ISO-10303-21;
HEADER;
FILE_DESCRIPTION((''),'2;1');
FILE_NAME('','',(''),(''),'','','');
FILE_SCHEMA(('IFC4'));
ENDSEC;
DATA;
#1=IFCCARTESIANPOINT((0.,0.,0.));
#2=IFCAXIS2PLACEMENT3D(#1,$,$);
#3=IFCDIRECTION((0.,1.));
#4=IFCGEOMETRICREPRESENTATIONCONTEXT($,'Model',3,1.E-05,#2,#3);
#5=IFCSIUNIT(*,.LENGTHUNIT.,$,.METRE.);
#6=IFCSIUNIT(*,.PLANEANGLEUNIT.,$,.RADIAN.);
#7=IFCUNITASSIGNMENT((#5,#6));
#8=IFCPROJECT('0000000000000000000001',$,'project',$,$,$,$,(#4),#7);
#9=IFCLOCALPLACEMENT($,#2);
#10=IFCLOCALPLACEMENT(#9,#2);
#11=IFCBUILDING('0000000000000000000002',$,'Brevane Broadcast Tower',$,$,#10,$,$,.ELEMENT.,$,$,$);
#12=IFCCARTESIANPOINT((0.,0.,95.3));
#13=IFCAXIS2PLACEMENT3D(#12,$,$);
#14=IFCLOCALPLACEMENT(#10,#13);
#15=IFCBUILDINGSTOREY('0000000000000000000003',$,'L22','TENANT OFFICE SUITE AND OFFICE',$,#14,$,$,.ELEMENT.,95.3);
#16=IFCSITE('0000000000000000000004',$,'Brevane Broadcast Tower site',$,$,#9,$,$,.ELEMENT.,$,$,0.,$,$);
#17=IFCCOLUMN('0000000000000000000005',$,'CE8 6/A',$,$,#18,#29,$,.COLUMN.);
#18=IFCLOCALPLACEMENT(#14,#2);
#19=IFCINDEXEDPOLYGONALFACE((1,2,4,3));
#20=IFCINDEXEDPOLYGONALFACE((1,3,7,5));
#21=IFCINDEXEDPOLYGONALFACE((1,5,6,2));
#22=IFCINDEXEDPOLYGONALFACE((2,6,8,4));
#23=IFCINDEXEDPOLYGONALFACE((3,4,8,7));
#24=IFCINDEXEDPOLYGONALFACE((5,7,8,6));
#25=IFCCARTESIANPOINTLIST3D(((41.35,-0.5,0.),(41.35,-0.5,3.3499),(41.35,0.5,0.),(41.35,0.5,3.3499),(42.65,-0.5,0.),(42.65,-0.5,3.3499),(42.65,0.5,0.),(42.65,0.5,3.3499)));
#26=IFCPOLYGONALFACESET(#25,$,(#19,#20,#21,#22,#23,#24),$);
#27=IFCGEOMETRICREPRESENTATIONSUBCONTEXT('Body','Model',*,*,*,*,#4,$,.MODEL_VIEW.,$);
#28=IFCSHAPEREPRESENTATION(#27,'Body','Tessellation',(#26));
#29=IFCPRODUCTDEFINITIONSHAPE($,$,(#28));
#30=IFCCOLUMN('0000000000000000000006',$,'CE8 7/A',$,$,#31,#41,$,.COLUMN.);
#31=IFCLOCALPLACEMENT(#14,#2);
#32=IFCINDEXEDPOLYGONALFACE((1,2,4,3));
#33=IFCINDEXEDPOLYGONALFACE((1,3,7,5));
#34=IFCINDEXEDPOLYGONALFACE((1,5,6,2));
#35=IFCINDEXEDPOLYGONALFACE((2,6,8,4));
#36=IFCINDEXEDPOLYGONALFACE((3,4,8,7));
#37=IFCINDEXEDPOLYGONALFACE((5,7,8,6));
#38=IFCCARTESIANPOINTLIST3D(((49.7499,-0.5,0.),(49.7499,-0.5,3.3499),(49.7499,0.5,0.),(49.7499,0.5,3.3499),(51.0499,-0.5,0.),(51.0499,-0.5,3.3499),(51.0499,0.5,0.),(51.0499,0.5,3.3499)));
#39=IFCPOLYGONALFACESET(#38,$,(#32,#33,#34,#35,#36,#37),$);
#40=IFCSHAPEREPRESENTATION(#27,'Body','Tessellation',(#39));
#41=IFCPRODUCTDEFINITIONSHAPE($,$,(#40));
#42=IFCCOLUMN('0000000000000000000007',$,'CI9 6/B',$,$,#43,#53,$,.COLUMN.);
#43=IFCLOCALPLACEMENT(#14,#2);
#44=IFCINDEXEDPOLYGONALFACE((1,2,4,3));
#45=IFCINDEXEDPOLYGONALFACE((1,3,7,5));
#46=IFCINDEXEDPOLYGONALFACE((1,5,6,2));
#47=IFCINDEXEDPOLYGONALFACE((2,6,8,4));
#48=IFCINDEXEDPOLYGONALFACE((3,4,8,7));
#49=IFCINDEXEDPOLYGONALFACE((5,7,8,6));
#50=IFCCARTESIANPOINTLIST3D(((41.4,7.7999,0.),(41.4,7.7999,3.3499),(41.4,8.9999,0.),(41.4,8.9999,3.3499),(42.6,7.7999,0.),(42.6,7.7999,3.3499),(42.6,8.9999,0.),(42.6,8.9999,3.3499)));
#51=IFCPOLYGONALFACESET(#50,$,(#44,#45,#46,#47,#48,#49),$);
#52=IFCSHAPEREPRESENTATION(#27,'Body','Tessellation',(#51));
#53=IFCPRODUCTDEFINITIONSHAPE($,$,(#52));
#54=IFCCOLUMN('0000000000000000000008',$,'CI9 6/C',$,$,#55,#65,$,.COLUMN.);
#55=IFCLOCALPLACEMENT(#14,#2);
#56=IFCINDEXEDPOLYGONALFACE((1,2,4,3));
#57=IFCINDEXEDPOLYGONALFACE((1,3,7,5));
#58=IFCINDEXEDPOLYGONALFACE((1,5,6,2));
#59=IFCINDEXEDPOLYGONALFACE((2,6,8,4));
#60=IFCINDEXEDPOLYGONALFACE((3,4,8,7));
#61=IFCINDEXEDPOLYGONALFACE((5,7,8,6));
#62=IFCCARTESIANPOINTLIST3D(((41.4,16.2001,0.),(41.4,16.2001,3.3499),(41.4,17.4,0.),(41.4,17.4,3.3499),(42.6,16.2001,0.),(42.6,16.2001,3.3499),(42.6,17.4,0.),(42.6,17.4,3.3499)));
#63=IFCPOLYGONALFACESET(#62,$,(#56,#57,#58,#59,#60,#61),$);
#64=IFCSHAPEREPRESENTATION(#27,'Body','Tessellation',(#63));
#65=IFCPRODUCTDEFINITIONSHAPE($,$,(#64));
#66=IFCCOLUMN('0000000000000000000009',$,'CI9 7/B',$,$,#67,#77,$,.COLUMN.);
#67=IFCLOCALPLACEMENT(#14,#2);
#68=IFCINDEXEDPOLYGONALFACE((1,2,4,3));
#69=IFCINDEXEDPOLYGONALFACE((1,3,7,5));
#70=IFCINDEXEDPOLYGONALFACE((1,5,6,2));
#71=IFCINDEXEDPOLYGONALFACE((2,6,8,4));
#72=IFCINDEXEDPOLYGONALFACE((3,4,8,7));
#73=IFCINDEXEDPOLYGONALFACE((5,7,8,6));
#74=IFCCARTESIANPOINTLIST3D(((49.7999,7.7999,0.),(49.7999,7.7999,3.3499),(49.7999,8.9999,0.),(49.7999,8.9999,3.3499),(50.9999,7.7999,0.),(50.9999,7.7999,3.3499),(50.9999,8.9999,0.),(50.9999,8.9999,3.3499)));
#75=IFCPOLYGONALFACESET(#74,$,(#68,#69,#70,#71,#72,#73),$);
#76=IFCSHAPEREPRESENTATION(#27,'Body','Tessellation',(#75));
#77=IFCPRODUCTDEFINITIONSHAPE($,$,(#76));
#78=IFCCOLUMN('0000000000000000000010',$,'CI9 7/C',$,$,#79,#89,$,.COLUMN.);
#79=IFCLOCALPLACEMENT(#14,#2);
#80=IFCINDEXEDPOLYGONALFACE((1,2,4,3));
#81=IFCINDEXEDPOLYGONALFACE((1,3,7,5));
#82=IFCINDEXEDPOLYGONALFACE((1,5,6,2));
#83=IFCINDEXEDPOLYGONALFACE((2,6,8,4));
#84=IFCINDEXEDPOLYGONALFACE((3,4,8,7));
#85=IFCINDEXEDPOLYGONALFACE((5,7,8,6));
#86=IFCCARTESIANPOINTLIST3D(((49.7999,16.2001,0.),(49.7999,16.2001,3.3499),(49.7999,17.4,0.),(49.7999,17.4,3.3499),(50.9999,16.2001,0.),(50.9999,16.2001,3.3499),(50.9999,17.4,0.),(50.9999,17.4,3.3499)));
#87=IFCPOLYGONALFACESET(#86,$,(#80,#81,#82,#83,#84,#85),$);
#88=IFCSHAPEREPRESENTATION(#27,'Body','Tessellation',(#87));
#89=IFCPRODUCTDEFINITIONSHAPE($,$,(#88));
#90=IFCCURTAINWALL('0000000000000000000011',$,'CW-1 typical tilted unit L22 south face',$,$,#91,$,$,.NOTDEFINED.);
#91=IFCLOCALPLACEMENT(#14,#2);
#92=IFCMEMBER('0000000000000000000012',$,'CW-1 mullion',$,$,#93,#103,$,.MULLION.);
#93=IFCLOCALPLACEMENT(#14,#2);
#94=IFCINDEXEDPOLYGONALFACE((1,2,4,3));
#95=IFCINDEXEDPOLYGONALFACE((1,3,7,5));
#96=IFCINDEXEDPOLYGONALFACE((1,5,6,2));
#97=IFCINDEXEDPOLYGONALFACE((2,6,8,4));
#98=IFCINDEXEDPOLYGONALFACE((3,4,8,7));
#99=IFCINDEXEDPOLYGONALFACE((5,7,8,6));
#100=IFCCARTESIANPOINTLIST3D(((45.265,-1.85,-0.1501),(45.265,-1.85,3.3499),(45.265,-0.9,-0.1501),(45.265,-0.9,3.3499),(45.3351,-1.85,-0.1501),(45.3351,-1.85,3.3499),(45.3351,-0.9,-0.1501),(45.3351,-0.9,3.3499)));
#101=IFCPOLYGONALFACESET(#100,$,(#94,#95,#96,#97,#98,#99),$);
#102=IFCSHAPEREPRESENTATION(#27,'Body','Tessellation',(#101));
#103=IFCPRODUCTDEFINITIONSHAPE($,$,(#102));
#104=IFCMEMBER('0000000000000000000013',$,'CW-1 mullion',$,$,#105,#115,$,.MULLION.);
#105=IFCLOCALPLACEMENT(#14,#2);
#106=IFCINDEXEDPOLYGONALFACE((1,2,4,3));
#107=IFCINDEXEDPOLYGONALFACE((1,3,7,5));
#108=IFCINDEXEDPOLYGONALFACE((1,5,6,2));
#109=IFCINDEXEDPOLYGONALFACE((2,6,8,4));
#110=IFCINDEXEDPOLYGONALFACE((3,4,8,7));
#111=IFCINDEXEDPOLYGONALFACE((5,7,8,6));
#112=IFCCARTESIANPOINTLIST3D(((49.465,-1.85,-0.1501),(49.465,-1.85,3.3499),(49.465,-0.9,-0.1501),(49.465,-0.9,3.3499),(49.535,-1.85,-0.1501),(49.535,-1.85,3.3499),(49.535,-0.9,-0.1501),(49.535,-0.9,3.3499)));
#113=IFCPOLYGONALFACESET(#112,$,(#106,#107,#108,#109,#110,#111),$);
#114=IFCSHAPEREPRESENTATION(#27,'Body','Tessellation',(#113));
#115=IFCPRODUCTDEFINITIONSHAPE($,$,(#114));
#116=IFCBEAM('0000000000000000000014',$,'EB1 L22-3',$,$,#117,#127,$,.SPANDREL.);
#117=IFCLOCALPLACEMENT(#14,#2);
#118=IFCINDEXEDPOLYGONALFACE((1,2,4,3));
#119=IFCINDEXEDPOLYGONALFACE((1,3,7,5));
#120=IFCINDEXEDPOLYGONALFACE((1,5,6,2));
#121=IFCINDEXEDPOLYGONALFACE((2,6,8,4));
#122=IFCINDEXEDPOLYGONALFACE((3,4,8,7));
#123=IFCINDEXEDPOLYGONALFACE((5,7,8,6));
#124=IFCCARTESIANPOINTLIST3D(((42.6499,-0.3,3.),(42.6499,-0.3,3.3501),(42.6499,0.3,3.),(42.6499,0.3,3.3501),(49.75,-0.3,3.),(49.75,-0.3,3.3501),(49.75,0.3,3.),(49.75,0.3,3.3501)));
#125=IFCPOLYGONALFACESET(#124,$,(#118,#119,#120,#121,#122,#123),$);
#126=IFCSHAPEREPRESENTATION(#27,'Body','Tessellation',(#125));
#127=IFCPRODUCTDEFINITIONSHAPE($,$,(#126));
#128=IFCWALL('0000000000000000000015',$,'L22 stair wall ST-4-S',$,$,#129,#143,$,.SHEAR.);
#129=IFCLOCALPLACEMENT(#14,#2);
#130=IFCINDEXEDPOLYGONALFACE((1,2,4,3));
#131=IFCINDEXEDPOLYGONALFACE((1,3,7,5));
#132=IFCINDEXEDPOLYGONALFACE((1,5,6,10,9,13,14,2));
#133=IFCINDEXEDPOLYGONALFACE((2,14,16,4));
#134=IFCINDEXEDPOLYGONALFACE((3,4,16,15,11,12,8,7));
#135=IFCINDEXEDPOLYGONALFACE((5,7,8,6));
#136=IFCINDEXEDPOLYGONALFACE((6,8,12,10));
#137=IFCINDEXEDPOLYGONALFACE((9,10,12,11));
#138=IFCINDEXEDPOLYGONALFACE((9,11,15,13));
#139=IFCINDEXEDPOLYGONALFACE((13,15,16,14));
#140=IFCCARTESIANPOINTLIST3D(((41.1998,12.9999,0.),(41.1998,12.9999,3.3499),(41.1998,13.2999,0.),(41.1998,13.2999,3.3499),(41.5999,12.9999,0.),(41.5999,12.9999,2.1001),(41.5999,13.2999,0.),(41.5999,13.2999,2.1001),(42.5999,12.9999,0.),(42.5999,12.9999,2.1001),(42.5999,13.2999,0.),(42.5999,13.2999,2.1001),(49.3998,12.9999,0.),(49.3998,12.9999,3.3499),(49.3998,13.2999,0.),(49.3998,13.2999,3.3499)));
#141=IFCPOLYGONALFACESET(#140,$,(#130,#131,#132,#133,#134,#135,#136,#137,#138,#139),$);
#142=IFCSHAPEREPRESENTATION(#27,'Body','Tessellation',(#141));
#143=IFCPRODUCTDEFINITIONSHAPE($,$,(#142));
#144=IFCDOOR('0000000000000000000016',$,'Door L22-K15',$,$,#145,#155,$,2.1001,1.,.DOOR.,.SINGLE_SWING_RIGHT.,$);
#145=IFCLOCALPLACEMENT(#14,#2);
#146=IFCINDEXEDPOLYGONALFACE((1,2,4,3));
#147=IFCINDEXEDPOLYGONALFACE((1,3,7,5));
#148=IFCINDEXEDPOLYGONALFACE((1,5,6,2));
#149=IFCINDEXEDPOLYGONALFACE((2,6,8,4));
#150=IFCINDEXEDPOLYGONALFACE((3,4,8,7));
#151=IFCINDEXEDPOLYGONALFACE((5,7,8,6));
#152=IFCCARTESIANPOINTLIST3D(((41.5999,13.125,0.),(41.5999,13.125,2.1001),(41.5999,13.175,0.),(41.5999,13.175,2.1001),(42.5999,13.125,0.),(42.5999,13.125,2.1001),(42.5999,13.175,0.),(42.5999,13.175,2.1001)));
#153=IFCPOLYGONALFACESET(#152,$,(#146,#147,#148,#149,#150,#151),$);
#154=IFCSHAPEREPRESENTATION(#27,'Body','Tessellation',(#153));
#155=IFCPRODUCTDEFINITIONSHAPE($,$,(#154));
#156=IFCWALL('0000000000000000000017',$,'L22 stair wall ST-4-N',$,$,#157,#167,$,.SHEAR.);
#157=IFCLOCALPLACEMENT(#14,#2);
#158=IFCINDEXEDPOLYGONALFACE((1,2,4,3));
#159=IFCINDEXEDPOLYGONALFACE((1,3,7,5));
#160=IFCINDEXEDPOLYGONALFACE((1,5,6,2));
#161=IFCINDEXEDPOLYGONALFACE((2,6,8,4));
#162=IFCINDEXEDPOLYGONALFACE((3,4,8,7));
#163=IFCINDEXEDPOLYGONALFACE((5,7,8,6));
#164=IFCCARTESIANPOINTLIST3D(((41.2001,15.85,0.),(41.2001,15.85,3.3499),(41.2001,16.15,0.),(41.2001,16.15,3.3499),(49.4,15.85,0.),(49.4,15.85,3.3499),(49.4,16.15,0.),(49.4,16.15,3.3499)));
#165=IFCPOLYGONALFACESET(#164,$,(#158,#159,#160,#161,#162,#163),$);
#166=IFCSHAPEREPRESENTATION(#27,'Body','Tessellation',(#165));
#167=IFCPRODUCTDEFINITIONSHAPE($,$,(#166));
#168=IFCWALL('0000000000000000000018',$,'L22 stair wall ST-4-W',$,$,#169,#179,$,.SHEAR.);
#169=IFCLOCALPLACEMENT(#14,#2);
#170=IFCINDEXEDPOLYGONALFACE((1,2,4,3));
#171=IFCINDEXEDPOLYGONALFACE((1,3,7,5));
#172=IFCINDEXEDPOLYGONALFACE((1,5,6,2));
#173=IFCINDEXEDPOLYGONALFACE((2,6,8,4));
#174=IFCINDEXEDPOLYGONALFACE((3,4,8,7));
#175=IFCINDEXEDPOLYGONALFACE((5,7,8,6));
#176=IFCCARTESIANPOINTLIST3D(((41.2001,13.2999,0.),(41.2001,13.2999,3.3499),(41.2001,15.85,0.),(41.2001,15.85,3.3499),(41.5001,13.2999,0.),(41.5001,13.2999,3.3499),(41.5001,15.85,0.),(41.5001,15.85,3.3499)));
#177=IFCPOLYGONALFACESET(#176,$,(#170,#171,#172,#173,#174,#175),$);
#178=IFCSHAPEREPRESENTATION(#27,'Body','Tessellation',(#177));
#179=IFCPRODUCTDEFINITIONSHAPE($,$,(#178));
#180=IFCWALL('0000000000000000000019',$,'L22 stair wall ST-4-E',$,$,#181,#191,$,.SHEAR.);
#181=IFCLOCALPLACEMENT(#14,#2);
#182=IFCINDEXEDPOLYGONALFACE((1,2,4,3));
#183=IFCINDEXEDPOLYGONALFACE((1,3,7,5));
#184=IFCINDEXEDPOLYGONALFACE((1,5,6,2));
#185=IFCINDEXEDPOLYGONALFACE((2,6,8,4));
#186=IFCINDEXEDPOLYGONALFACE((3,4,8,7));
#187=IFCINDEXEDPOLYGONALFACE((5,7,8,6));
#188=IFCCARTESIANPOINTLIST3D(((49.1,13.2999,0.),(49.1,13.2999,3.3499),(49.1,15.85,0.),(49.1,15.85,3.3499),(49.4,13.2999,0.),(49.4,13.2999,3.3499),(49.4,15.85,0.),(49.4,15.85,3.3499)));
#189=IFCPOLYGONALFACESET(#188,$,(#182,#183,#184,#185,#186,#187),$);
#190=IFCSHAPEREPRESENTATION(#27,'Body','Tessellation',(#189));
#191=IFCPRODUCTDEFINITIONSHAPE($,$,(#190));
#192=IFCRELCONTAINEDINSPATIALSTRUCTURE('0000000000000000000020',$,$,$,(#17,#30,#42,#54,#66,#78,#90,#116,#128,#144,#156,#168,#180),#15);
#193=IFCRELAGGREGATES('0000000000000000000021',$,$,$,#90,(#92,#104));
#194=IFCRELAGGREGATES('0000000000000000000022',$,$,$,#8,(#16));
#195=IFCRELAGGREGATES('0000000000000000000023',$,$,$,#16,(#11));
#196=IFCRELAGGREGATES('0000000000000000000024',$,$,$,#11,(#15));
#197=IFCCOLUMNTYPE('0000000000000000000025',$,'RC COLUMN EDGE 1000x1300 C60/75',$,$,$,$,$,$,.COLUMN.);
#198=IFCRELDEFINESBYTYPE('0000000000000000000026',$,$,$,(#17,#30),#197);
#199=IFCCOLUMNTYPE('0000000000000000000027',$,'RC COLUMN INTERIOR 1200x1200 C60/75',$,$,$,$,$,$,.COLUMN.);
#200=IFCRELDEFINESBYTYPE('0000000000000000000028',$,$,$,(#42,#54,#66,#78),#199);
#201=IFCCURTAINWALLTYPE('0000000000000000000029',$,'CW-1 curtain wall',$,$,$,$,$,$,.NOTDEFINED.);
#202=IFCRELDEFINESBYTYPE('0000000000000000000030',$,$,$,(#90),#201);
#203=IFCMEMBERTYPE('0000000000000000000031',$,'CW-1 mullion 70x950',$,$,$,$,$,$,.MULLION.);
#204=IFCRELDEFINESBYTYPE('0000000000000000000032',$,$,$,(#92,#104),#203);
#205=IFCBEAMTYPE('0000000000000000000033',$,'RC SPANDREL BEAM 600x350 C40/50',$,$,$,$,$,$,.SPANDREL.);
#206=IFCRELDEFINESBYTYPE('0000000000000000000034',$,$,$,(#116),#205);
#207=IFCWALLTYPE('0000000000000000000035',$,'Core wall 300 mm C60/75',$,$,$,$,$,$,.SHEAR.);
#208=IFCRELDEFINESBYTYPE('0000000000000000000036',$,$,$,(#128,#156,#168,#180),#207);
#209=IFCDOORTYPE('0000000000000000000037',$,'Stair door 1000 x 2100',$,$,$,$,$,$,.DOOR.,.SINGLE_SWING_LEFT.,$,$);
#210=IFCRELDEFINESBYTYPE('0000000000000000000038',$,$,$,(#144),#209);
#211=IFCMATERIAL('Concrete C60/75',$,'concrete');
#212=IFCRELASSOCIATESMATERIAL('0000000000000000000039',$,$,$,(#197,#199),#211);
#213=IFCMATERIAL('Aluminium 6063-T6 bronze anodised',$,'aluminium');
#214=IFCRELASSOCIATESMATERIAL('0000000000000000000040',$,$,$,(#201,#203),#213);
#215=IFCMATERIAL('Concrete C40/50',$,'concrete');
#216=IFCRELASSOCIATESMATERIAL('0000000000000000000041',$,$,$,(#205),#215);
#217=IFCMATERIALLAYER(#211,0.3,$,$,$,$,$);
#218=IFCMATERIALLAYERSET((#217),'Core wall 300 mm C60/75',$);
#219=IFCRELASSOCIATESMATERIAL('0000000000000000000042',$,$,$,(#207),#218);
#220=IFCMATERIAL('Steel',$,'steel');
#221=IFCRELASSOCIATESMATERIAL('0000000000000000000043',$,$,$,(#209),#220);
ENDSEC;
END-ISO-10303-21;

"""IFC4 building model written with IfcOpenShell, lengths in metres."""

from ifc_helpers import new_model, si_unit, direction, frame, frame_2d, origin, origin_2d, place, context, subcontext, project, spatial, rectangle, extrude, material, layer, layer_set, material_profile, profile_set, type_object, element, fill, aggregate, save


model = new_model("IFC4")

# Units and contexts
model_context = context("Model", 3, precision=1e-05, world=origin(), true_north=direction((0.0, 1.0)))
body_context = subcontext(model_context, "Body", "Model", "MODEL_VIEW")
ifc_project = project(units=[si_unit("LENGTHUNIT", "METRE"), si_unit("PLANEANGLEUNIT", "RADIAN")], contexts=[model_context])

# Site, building, storey
site_placement = place(None, origin())
site = spatial("IfcSite", under=ifc_project, at=site_placement, Name="Brevane Broadcast Tower site", CompositionType="ELEMENT", RefElevation=0.0)
building_placement = place(site_placement, origin())
building = spatial("IfcBuilding", under=site, at=building_placement, Name="Brevane Broadcast Tower", CompositionType="ELEMENT")
storey_placement = place(building_placement, frame((0.0, 0.0, 95.3)))
storey = spatial("IfcBuildingStorey", under=building, at=storey_placement, Name="L22", Description="TENANT OFFICE SUITE AND OFFICE", CompositionType="ELEMENT", Elevation=95.3)

# Columns
ifc_material_1 = material(Name="Concrete C60/75", Category="concrete")
ifc_material_profile_1 = material_profile(ifc_material_1, rectangle(XDim=1.0, YDim=1.3, at=origin_2d()), Name="RC 1000x1300")
ifc_profile_set_1 = profile_set([ifc_material_profile_1], Name="Concrete C60/75")
column_type_1 = type_object("IfcColumnType", Name="RC COLUMN EDGE 1000x1300 C60/75", PredefinedType="COLUMN", material=ifc_profile_set_1)
for number, where, z_axis, x_axis, name in (
    (1, (42.0, 0.0, 0.0), (0.0, 0.0, 1.0), (0.0, 1.0, 0.0), "CE8 6/A"),
    (2, (50.3999, 0.0, 0.0), (0.0, 0.0, 1.0), (0.0, 1.0, 0.0), "CE8 7/A"),
):
    element("IfcColumn", number, at=place(storey_placement, frame(where, z_axis=z_axis, x_axis=x_axis)), inside=storey, type_object=column_type_1, Name=name, PredefinedType="COLUMN", context=body_context, shape_type="SweptSolid", body=[
        extrude(rectangle(XDim=1.0, YDim=1.3, at=origin_2d()), origin(), (0.0, 0.0, 1.0), 3.3499),
    ])
ifc_material_profile_2 = material_profile(ifc_material_1, rectangle(XDim=1.2, YDim=1.2, at=origin_2d()), Name="RC 1200x1200")
ifc_profile_set_2 = profile_set([ifc_material_profile_2], Name="Concrete C60/75")
column_type_2 = type_object("IfcColumnType", Name="RC COLUMN INTERIOR 1200x1200 C60/75", PredefinedType="COLUMN", material=ifc_profile_set_2)
for number, where, z_axis, x_axis, name in (
    (3, (42.0, 8.3999, 0.0), (0.0, 0.0, 1.0), (1.0, 0.0, 0.0), "CI9 6/B"),
    (4, (42.0, 16.8, 0.0), (0.0, 0.0, 1.0), (1.0, 0.0, 0.0), "CI9 6/C"),
    (5, (50.3999, 8.3999, 0.0), (0.0, 0.0, 1.0), (1.0, 0.0, 0.0), "CI9 7/B"),
    (6, (50.3999, 16.8, 0.0), (0.0, 0.0, 1.0), (1.0, 0.0, 0.0), "CI9 7/C"),
):
    element("IfcColumn", number, at=place(storey_placement, frame(where, z_axis=z_axis, x_axis=x_axis)), inside=storey, type_object=column_type_2, Name=name, PredefinedType="COLUMN", context=body_context, shape_type="SweptSolid", body=[
        extrude(rectangle(XDim=1.2, YDim=1.2, at=origin_2d()), origin(), (0.0, 0.0, 1.0), 3.3499),
    ])

# Curtain wall, members
ifc_material_2 = material(Name="Aluminium 6063-T6 bronze anodised", Category="aluminium")
curtain_wall_type = type_object("IfcCurtainWallType", Name="CW-1 curtain wall", PredefinedType="NOTDEFINED", material=ifc_material_2)
curtain_wall_placement = place(storey_placement, origin())
curtain_wall = element("IfcCurtainWall", 7, at=curtain_wall_placement, inside=storey, type_object=curtain_wall_type, Name="CW-1 typical tilted unit L22 south face", PredefinedType="NOTDEFINED")
ifc_material_profile_3 = material_profile(ifc_material_2, rectangle(XDim=0.95, YDim=0.0701, at=origin_2d()), Name="RECT 70x950")
ifc_profile_set_3 = profile_set([ifc_material_profile_3], Name="Aluminium 6063-T6 bronze anodised")
member_type = type_object("IfcMemberType", Name="CW-1 mullion 70x950", PredefinedType="MULLION", material=ifc_profile_set_3)
member_1_placement = place(storey_placement, frame((45.3, -1.375, -0.1501), z_axis=(0.0, 0.0, 1.0), x_axis=(0.0, 1.0, 0.0)))
member_1 = element("IfcMember", 8, at=member_1_placement, type_object=member_type, Name="CW-1 mullion", PredefinedType="MULLION", context=body_context, shape_type="SweptSolid", body=[
    extrude(rectangle(XDim=0.95, YDim=0.0701, at=origin_2d()), origin(), (0.0, 0.0, 1.0), 3.5),
])
member_2_placement = place(storey_placement, frame((49.5, -1.375, -0.1501), z_axis=(0.0, 0.0, 1.0), x_axis=(0.0, 1.0, 0.0)))
member_2 = element("IfcMember", 9, at=member_2_placement, type_object=member_type, Name="CW-1 mullion", PredefinedType="MULLION", context=body_context, shape_type="SweptSolid", body=[
    extrude(rectangle(XDim=0.95, YDim=0.0701, at=origin_2d()), origin(), (0.0, 0.0, 1.0), 3.5),
])
aggregate(curtain_wall, [member_1, member_2])

# Beam
ifc_material_3 = material(Name="Concrete C40/50", Category="concrete")
ifc_material_profile_4 = material_profile(ifc_material_3, rectangle(XDim=0.6001, YDim=0.3501, at=origin_2d()), Name="RC 600x350")
ifc_profile_set_4 = profile_set([ifc_material_profile_4], Name="Concrete C40/50")
beam_type = type_object("IfcBeamType", Name="RC SPANDREL BEAM 600x350 C40/50", PredefinedType="SPANDREL", material=ifc_profile_set_4)
beam_placement = place(storey_placement, frame((42.6499, 0.0, 3.175), z_axis=(1.0, 0.0, 0.0), x_axis=(0.0, 1.0, 0.0)))
element("IfcBeam", 10, at=beam_placement, inside=storey, type_object=beam_type, Name="EB1 L22-3", PredefinedType="SPANDREL", context=body_context, shape_type="SweptSolid", body=[
    extrude(rectangle(XDim=0.6001, YDim=0.3501, at=origin_2d()), origin(), (0.0, 0.0, 1.0), 7.1001),
])

# Wall, opening, door
ifc_layer_1 = layer(ifc_material_1, 0.3)
ifc_layer_set_1 = layer_set([ifc_layer_1], Name="Core wall 300 mm C60/75")
wall_type_1 = type_object("IfcWallType", Name="Core wall 300 mm C60/75", PredefinedType="SHEAR", material=ifc_layer_set_1)
wall_1_placement = place(storey_placement, frame((49.3999, 13.1499, 0.0), z_axis=(0.0, 0.0, 1.0), x_axis=(-1.0, 0.0, 0.0)))
wall_1 = element("IfcWall", 11, at=wall_1_placement, inside=storey, type_object=wall_type_1, Name="L22 stair wall ST-4-S", PredefinedType="SHEAR", context=body_context, shape_type="SweptSolid", body=[
    extrude(rectangle(XDim=8.2, YDim=0.3, at=frame_2d((4.1001, 0.0))), origin(), (0.0, 0.0, 1.0), 3.3499),
])
opening_1_placement = place(wall_1_placement, frame((6.8, 0.0, 0.0)))
opening_1 = element("IfcOpeningElement", 12, at=opening_1_placement, cuts=wall_1, PredefinedType="OPENING", context=body_context, shape_type="SweptSolid", body=[
    extrude(rectangle(XDim=1.0, YDim=2.1001, at=frame_2d((0.5, 1.05))), frame((0.0, 0.1599, 0.0), z_axis=(0.0, -1.0, 0.0), x_axis=(1.0, 0.0, 0.0)), (0.0, 0.0, 1.0), 0.3201),
])
ifc_material_4 = material(Name="Steel", Category="steel")
door_type_1 = type_object("IfcDoorType", Name="Stair door 1000 x 2100", OperationType="SINGLE_SWING_LEFT", PredefinedType="DOOR", material=ifc_material_4)
door_1_placement = place(opening_1_placement, origin())
door_1 = element("IfcDoor", 13, at=door_1_placement, inside=storey, type_object=door_type_1, Name="Door L22-K15", OperationType="SINGLE_SWING_RIGHT", OverallHeight=2.1001, OverallWidth=1.0, PredefinedType="DOOR", context=body_context, shape_type="SweptSolid", body=[
    extrude(rectangle(XDim=1.0, YDim=2.1001, at=frame_2d((0.5, 1.05))), frame((0.0, 0.0249, 0.0), z_axis=(0.0, -1.0, 0.0), x_axis=(1.0, 0.0, 0.0)), (0.0, 0.0, 1.0), 0.05),
])
fill(opening_1, door_1)

# Walls
wall_2_placement = place(storey_placement, frame((41.2, 16.0, 0.0), z_axis=(0.0, 0.0, 1.0), x_axis=(1.0, 0.0, 0.0)))
element("IfcWall", 14, at=wall_2_placement, inside=storey, type_object=wall_type_1, Name="L22 stair wall ST-4-N", PredefinedType="SHEAR", context=body_context, shape_type="SweptSolid", body=[
    extrude(rectangle(XDim=8.2, YDim=0.3, at=frame_2d((4.1001, 0.0))), origin(), (0.0, 0.0, 1.0), 3.3499),
])
for number, where, z_axis, x_axis, name in (
    (15, (41.3501, 13.3, 0.0), (0.0, 0.0, 1.0), (0.0, 1.0, 0.0), "L22 stair wall ST-4-W"),
    (16, (49.25, 13.3, 0.0), (0.0, 0.0, 1.0), (0.0, 1.0, 0.0), "L22 stair wall ST-4-E"),
):
    element("IfcWall", number, at=place(storey_placement, frame(where, z_axis=z_axis, x_axis=x_axis)), inside=storey, type_object=wall_type_1, Name=name, PredefinedType="SHEAR", context=body_context, shape_type="SweptSolid", body=[
        extrude(rectangle(XDim=2.55, YDim=0.3, at=frame_2d((1.2749, 0.0))), origin(), (0.0, 0.0, 1.0), 3.3499),
    ])

save(model, "model.ifc")
